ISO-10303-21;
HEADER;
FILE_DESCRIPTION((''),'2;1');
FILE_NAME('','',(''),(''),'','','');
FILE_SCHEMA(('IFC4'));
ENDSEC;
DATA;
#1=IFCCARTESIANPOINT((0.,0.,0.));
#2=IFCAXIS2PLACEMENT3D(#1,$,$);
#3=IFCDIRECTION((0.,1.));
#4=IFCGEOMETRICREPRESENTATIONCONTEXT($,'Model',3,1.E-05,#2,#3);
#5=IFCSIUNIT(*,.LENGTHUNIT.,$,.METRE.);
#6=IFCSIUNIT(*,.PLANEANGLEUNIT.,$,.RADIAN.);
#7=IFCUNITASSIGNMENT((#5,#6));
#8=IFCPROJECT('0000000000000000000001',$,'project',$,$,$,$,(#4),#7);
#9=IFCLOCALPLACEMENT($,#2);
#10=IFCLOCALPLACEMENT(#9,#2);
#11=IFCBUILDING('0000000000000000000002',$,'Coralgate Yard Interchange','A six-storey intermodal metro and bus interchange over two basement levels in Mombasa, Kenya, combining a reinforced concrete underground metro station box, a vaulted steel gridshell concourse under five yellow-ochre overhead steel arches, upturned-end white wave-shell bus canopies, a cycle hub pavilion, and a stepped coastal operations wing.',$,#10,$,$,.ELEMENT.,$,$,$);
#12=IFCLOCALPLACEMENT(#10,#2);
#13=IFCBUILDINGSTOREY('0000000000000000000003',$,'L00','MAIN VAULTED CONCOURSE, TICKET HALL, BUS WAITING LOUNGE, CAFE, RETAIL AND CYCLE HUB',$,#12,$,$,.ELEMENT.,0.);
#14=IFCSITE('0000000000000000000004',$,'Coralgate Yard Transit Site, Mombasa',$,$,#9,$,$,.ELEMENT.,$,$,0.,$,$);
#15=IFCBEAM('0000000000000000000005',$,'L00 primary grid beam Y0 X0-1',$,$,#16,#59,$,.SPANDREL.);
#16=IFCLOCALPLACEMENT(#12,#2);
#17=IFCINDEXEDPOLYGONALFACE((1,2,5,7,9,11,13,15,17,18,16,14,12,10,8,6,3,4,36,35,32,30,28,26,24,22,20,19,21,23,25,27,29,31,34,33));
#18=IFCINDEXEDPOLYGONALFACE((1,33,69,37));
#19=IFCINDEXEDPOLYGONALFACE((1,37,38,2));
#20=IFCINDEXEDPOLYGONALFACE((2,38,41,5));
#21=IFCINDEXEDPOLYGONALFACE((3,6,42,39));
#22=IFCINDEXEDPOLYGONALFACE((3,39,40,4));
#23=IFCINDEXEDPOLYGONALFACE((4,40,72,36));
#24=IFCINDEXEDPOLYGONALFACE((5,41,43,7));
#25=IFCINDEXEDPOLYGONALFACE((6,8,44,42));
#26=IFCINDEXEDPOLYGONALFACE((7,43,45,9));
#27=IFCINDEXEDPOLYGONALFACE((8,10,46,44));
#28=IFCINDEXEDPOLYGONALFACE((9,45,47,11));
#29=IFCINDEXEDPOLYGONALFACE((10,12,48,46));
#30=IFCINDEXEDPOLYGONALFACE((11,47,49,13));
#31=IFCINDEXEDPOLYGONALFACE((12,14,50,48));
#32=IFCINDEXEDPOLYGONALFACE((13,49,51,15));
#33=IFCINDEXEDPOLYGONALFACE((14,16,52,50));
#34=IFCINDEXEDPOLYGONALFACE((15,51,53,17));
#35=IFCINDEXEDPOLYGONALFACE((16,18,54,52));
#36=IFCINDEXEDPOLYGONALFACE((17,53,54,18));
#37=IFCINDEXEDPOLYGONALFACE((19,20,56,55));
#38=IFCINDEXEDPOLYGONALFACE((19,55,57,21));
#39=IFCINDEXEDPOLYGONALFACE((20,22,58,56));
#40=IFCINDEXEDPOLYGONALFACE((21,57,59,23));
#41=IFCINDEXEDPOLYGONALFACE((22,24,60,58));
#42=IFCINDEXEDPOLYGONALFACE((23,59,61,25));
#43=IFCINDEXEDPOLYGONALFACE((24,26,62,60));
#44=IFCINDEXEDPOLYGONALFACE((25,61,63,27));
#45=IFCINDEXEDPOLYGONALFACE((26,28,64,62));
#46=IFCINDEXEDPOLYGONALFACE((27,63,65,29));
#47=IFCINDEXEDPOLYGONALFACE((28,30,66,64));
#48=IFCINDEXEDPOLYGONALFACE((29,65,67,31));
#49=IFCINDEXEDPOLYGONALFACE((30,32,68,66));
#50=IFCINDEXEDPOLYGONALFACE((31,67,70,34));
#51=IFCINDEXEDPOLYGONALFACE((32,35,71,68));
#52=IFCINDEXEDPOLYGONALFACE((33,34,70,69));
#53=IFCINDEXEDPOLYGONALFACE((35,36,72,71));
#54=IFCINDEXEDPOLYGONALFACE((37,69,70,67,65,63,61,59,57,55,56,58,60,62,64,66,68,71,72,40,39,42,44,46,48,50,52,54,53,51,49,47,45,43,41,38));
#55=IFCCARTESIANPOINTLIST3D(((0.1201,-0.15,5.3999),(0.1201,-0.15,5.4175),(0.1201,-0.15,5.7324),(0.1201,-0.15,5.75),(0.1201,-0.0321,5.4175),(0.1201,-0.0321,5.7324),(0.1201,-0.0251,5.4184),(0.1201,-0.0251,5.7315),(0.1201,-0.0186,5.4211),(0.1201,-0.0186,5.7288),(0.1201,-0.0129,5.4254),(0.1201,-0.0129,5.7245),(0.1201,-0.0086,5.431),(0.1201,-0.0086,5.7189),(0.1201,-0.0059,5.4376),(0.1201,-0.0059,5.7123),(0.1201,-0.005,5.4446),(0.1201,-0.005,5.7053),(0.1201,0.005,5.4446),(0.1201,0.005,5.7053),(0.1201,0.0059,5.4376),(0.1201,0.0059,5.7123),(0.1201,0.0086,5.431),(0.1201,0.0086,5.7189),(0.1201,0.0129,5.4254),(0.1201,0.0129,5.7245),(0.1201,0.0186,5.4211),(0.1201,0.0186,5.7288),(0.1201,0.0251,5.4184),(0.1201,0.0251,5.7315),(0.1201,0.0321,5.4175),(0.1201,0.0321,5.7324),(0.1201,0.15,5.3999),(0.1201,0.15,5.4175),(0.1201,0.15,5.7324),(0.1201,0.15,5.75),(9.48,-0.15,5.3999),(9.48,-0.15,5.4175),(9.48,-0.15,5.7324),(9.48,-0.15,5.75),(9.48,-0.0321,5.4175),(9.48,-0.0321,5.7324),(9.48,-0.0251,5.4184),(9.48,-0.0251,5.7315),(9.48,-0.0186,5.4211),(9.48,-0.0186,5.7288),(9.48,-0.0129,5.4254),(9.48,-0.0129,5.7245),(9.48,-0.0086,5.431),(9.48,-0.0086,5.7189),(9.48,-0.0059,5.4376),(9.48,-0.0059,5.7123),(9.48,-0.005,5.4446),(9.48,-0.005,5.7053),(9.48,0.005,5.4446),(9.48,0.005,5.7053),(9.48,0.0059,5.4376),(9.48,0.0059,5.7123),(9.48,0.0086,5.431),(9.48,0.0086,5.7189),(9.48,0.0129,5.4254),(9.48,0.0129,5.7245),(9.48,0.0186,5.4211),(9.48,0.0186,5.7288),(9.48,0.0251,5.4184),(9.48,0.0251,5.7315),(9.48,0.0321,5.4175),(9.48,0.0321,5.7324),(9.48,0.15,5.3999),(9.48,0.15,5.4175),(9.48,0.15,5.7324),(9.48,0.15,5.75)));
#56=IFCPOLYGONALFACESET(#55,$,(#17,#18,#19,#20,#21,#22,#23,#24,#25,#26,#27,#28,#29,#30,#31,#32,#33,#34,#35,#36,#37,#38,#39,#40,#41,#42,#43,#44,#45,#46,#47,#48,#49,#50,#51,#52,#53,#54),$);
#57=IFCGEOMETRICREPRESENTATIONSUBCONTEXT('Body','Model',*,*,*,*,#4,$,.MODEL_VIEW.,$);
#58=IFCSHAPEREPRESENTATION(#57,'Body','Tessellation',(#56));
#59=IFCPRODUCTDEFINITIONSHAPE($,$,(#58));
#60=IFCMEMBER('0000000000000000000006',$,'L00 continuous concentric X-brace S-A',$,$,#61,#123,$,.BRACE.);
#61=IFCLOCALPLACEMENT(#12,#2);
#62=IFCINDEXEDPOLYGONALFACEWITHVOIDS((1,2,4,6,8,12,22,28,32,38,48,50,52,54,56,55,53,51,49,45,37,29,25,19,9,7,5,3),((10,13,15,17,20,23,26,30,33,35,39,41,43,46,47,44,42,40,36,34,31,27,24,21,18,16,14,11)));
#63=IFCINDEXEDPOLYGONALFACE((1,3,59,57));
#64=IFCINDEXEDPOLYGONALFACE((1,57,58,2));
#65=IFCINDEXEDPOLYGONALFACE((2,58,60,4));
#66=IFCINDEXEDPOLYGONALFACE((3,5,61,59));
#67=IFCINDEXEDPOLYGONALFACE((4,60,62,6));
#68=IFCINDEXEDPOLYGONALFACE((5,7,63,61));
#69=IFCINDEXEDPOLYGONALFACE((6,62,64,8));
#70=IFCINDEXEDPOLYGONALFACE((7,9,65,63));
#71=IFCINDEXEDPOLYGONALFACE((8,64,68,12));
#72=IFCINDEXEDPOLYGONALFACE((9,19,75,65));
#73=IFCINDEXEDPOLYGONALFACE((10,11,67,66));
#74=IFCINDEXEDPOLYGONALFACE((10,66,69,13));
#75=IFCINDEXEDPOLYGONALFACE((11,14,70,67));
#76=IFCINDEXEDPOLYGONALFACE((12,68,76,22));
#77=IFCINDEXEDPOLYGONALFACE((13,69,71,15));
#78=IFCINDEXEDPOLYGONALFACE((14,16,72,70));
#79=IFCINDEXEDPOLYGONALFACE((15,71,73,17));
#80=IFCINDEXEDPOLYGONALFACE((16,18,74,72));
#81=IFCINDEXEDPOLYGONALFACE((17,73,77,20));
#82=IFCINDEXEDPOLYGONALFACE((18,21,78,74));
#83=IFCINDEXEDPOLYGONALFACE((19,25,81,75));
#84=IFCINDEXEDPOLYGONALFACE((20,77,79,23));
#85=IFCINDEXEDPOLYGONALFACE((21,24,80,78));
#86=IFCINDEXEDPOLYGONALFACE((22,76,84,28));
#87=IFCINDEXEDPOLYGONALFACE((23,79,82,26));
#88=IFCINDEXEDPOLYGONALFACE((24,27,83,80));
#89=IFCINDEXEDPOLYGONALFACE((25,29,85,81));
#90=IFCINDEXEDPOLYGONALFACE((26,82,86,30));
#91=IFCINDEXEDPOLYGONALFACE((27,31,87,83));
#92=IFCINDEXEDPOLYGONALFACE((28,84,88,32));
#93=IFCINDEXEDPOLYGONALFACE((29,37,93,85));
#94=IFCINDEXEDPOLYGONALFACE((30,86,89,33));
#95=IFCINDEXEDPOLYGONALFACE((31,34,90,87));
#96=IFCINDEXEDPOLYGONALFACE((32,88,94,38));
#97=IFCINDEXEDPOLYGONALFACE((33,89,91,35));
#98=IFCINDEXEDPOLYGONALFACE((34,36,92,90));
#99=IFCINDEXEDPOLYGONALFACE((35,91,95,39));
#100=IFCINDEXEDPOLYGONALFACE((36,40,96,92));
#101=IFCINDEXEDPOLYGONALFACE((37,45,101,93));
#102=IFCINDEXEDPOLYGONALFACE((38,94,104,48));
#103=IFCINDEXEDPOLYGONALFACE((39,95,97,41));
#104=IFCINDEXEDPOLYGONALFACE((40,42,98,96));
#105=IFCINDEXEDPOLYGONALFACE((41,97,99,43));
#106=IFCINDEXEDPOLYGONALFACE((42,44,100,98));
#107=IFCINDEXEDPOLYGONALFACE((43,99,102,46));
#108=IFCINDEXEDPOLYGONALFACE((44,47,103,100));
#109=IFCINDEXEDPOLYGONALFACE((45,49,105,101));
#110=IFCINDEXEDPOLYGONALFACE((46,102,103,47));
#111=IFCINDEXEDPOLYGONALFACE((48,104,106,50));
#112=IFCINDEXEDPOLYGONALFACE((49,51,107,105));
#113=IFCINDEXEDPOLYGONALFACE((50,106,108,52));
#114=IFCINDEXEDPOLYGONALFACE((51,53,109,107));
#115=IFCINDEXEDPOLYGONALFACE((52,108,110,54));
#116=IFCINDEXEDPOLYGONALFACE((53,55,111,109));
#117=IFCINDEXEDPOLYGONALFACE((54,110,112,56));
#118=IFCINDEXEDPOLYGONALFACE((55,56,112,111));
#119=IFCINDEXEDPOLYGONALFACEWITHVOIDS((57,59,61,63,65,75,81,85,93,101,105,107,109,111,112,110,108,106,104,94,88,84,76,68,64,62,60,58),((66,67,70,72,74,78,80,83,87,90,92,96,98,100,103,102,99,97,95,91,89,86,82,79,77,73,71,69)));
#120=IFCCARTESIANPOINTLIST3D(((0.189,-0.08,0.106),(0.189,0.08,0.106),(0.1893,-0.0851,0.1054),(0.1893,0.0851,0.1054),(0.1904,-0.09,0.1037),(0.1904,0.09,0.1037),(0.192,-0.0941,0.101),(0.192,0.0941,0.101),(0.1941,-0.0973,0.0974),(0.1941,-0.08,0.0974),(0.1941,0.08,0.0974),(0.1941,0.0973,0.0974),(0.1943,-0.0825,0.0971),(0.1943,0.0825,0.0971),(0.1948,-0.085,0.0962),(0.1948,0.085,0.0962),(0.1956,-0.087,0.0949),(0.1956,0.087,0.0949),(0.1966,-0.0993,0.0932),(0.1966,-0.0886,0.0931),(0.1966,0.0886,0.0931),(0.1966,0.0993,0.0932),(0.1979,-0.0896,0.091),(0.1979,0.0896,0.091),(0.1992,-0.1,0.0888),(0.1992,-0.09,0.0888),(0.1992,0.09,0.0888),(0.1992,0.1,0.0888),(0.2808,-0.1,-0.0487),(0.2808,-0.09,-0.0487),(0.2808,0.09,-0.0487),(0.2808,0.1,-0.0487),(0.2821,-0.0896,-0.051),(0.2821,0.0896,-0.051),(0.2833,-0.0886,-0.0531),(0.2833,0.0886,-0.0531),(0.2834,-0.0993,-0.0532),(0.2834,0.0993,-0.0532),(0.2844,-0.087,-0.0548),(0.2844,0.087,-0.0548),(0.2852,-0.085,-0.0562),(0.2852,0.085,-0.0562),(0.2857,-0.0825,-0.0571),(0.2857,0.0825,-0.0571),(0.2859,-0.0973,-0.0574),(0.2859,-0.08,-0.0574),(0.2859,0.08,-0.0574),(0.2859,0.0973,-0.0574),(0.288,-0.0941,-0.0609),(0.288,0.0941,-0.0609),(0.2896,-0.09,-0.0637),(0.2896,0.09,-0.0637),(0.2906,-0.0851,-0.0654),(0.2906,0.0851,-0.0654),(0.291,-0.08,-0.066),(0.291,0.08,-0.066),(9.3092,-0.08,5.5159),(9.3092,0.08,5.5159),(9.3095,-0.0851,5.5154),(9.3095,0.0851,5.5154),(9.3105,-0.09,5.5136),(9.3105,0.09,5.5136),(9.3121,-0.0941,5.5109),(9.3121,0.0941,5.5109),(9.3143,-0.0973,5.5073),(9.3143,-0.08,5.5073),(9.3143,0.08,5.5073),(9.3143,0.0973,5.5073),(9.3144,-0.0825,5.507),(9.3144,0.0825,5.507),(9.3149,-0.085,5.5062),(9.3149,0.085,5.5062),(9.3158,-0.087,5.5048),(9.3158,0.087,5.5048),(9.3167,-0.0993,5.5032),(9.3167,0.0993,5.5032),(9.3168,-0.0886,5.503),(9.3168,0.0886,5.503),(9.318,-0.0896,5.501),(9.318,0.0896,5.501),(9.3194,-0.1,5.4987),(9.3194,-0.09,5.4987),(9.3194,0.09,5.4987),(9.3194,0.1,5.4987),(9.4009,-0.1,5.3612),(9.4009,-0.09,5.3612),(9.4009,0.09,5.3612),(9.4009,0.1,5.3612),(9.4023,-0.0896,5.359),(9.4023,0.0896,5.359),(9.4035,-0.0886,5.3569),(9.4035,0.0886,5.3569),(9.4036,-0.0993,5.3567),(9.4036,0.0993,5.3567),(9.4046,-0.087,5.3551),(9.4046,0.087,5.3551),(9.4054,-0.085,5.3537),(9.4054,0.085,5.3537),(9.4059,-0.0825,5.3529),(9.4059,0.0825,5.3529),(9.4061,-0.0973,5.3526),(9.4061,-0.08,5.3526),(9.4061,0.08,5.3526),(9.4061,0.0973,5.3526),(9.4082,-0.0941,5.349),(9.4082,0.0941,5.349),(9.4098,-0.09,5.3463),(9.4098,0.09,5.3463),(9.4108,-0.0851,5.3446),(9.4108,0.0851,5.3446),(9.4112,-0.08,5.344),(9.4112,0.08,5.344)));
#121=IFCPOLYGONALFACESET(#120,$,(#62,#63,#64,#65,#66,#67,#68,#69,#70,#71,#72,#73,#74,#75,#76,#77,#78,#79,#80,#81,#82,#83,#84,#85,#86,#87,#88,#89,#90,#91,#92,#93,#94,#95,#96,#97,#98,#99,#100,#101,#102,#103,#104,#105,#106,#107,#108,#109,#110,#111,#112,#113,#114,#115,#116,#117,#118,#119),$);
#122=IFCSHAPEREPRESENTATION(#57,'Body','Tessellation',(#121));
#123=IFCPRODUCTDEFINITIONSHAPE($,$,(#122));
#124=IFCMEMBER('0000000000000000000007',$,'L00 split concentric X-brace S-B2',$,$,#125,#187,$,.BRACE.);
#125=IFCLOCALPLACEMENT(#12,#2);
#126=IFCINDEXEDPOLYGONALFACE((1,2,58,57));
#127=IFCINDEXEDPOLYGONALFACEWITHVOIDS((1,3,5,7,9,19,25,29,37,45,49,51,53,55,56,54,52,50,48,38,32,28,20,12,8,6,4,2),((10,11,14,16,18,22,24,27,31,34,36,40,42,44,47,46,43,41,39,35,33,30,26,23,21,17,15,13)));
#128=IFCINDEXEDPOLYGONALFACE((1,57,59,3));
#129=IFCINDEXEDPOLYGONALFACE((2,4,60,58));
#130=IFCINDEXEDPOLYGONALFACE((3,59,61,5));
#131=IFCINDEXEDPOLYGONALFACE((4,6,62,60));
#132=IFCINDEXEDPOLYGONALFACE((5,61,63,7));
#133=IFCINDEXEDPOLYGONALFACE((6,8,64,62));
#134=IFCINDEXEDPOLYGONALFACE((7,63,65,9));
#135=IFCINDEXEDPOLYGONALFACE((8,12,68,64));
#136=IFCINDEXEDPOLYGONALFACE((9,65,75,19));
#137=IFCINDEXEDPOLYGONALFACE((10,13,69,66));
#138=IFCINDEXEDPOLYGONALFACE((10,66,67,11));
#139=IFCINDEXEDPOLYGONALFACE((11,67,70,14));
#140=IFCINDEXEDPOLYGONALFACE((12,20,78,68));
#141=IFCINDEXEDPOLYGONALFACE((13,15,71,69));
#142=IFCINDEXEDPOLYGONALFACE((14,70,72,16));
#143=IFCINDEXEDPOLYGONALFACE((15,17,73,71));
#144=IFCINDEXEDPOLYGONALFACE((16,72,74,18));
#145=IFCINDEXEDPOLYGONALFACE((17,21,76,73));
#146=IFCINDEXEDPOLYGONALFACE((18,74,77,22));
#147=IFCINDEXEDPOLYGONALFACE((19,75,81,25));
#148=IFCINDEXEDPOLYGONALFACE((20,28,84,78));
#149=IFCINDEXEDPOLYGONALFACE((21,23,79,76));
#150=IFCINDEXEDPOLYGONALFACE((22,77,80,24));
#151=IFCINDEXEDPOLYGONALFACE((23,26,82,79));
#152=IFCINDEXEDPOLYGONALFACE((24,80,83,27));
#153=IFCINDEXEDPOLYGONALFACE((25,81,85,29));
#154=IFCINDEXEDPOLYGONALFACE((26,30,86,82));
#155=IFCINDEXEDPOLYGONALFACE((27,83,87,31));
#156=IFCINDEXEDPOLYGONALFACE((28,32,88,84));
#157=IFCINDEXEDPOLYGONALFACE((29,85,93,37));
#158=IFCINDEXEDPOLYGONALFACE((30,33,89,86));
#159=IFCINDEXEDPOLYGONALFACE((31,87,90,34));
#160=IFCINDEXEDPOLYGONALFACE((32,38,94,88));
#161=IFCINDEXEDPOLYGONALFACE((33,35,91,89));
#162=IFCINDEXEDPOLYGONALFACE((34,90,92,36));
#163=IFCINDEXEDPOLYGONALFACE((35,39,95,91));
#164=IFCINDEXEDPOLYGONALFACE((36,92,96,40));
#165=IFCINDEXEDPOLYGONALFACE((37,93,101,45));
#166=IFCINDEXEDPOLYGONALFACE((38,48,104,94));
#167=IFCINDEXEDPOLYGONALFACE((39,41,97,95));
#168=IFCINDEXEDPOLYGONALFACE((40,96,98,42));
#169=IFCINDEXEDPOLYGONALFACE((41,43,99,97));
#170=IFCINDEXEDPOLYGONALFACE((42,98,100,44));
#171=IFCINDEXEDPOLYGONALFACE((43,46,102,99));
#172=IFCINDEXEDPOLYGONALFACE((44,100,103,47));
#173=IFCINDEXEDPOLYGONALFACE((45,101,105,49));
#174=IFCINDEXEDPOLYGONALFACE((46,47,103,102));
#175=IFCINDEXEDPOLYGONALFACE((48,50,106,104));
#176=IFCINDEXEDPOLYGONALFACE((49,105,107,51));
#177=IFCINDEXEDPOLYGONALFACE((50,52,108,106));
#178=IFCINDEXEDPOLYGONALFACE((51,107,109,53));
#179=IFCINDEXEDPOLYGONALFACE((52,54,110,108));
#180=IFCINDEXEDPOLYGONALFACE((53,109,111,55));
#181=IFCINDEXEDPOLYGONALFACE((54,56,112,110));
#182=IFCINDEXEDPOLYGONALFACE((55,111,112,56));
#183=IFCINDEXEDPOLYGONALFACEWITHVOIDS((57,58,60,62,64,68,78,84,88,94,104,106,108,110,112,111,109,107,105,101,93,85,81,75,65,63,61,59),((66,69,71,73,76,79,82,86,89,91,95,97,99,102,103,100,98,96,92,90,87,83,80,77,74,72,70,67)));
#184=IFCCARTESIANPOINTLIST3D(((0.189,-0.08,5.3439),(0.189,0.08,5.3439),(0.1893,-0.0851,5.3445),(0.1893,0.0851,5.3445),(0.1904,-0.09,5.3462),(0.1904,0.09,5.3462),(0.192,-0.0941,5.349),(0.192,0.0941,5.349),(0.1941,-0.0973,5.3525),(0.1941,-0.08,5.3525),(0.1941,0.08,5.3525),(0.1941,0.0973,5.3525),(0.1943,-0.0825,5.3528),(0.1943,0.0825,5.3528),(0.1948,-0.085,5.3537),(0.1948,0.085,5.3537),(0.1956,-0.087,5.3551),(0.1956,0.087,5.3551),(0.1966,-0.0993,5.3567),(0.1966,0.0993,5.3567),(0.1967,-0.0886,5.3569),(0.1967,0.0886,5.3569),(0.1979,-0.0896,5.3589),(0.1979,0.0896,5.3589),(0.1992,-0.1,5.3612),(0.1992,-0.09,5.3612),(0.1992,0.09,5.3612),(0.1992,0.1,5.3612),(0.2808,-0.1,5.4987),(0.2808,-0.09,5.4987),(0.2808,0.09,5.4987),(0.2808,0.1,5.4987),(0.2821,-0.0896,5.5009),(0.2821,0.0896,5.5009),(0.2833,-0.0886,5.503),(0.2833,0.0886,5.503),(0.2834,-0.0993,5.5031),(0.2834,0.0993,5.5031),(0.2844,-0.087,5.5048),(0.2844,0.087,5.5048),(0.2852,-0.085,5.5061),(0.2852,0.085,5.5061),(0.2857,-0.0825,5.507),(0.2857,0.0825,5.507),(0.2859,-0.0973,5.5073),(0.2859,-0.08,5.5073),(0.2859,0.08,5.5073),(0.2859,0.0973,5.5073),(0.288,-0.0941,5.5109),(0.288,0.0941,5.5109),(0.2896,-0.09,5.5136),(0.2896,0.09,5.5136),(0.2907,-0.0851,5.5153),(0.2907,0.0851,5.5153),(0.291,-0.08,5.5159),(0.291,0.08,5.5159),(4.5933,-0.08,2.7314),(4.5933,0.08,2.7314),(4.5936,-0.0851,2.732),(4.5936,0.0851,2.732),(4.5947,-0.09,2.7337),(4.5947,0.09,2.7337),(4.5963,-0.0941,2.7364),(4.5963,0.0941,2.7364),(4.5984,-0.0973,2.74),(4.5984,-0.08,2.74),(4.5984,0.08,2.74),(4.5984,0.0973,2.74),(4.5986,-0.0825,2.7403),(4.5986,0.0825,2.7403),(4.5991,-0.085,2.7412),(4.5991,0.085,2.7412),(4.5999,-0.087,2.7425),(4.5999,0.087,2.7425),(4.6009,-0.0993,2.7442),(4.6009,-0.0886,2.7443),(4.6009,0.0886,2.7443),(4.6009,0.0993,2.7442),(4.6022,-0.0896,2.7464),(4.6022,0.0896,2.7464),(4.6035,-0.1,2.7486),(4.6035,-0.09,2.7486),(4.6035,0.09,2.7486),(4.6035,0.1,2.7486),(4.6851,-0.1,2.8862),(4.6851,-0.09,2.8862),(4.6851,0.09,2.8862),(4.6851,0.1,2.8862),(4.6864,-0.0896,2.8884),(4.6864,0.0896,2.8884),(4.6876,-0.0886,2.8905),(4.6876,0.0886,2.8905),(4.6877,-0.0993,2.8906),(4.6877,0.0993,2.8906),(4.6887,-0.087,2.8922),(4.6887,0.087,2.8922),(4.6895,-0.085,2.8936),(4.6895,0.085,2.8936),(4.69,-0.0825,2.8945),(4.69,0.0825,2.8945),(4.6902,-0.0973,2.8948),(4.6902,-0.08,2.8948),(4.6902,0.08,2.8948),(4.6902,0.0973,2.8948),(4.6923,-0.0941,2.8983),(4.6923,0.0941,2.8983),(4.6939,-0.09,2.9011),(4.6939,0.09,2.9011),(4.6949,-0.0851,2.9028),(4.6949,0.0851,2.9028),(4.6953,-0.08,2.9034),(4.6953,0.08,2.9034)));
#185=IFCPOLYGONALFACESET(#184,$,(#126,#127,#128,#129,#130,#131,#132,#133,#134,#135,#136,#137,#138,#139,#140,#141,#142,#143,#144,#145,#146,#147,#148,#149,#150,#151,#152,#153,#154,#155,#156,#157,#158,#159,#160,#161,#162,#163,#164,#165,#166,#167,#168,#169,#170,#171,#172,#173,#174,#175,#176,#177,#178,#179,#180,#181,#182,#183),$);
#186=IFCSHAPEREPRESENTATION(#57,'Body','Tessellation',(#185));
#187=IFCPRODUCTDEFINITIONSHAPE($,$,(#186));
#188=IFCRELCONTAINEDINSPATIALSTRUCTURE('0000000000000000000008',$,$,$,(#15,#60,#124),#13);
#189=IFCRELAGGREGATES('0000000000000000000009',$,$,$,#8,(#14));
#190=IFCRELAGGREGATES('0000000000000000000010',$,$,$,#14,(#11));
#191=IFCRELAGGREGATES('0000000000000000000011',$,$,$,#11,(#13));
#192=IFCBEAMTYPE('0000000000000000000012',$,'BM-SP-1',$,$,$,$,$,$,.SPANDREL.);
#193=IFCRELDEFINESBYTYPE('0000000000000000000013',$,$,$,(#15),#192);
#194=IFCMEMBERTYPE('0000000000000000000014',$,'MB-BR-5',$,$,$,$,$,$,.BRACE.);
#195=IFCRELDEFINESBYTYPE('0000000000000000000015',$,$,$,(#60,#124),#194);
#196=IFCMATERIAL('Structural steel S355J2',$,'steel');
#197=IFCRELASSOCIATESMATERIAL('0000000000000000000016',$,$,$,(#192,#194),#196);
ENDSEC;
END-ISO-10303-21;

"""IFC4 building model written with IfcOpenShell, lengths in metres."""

from ifc_helpers import new_model, si_unit, direction, frame, origin, origin_2d, place, context, subcontext, project, spatial, hollow_rectangle, i_section, extrude, material, material_profile, profile_set, type_object, element, save


model = new_model("IFC4")

# Units and contexts
model_context = context("Model", 3, precision=1e-05, world=origin(), true_north=direction((0.0, 1.0)))
body_context = subcontext(model_context, "Body", "Model", "MODEL_VIEW")
ifc_project = project(units=[si_unit("LENGTHUNIT", "METRE"), si_unit("PLANEANGLEUNIT", "RADIAN")], contexts=[model_context])

# Site, building, storey
site_placement = place(None, origin())
site = spatial("IfcSite", under=ifc_project, at=site_placement, Name="Coralgate Yard Transit Site, Mombasa", CompositionType="ELEMENT", RefElevation=0.0)
building_placement = place(site_placement, origin())
building = spatial("IfcBuilding", under=site, at=building_placement, Name="Coralgate Yard Interchange", Description="A six-storey intermodal metro and bus interchange over two basement levels in Mombasa, Kenya, combining a reinforced concrete underground metro station box, a vaulted steel gridshell concourse under five yellow-ochre overhead steel arches, upturned-end white wave-shell bus canopies, a cycle hub pavilion, and a stepped coastal operations wing.", CompositionType="ELEMENT")
storey_placement = place(building_placement, origin())
storey = spatial("IfcBuildingStorey", under=building, at=storey_placement, Name="L00", Description="MAIN VAULTED CONCOURSE, TICKET HALL, BUS WAITING LOUNGE, CAFE, RETAIL AND CYCLE HUB", CompositionType="ELEMENT", Elevation=0.0)

# Beam
ifc_material_1 = material(Name="Structural steel S355J2", Category="steel")
ifc_material_profile_1 = material_profile(ifc_material_1, i_section(OverallWidth=0.3, OverallDepth=0.3501, WebThickness=0.01, FlangeThickness=0.0176, FilletRadius=0.0271, at=origin_2d()), Name="HEA 360")
ifc_profile_set_1 = profile_set([ifc_material_profile_1], Name="Structural steel S355J2")
beam_type_1 = type_object("IfcBeamType", Name="BM-SP-1", PredefinedType="SPANDREL", material=ifc_profile_set_1)
beam_1_placement = place(storey_placement, frame((0.1201, 0.0, 5.575), z_axis=(1.0, 0.0, 0.0), x_axis=(0.0, 1.0, 0.0)))
element("IfcBeam", 1, at=beam_1_placement, inside=storey, type_object=beam_type_1, Name="L00 primary grid beam Y0 X0-1", PredefinedType="SPANDREL", context=body_context, shape_type="SweptSolid", body=[
    extrude(i_section(OverallWidth=0.3, OverallDepth=0.3501, WebThickness=0.01, FlangeThickness=0.0176, FilletRadius=0.0271, at=origin_2d()), origin(), (0.0, 0.0, 1.0), 9.3599),
])

# Members
ifc_material_profile_2 = material_profile(ifc_material_1, hollow_rectangle(XDim=0.2, YDim=0.2, WallThickness=0.01, InnerFilletRadius=0.01, OuterFilletRadius=0.02, at=origin_2d()), Name="SHS 200x200x10")
ifc_profile_set_2 = profile_set([ifc_material_profile_2], Name="Structural steel S355J2")
member_type_1 = type_object("IfcMemberType", Name="MB-BR-5", PredefinedType="BRACE", material=ifc_profile_set_2)
member_1_placement = place(storey_placement, frame((0.24, 0.0, 0.02), z_axis=(0.860068, 0.0, 0.510179), x_axis=(0.0, 1.0, 0.0)))
element("IfcMember", 2, at=member_1_placement, inside=storey, type_object=member_type_1, Name="L00 continuous concentric X-brace S-A", PredefinedType="BRACE", context=body_context, shape_type="SweptSolid", body=[
    extrude(hollow_rectangle(XDim=0.2, YDim=0.2, WallThickness=0.01, InnerFilletRadius=0.01, OuterFilletRadius=0.02, at=origin_2d()), origin(), (0.0, 0.0, 1.0), 10.604),
])
member_2_placement = place(storey_placement, frame((4.6443, 0.0, 2.8174), z_axis=(-0.860069, 0.0, 0.510177), x_axis=(0.0, -1.0, 0.0)))
element("IfcMember", 3, at=member_2_placement, inside=storey, type_object=member_type_1, Name="L00 split concentric X-brace S-B2", PredefinedType="BRACE", context=body_context, shape_type="SweptSolid", body=[
    extrude(hollow_rectangle(XDim=0.2, YDim=0.2, WallThickness=0.01, InnerFilletRadius=0.01, OuterFilletRadius=0.02, at=origin_2d()), origin(), (0.0, 0.0, 1.0), 5.1208),
])

save(model, "model.ifc")
